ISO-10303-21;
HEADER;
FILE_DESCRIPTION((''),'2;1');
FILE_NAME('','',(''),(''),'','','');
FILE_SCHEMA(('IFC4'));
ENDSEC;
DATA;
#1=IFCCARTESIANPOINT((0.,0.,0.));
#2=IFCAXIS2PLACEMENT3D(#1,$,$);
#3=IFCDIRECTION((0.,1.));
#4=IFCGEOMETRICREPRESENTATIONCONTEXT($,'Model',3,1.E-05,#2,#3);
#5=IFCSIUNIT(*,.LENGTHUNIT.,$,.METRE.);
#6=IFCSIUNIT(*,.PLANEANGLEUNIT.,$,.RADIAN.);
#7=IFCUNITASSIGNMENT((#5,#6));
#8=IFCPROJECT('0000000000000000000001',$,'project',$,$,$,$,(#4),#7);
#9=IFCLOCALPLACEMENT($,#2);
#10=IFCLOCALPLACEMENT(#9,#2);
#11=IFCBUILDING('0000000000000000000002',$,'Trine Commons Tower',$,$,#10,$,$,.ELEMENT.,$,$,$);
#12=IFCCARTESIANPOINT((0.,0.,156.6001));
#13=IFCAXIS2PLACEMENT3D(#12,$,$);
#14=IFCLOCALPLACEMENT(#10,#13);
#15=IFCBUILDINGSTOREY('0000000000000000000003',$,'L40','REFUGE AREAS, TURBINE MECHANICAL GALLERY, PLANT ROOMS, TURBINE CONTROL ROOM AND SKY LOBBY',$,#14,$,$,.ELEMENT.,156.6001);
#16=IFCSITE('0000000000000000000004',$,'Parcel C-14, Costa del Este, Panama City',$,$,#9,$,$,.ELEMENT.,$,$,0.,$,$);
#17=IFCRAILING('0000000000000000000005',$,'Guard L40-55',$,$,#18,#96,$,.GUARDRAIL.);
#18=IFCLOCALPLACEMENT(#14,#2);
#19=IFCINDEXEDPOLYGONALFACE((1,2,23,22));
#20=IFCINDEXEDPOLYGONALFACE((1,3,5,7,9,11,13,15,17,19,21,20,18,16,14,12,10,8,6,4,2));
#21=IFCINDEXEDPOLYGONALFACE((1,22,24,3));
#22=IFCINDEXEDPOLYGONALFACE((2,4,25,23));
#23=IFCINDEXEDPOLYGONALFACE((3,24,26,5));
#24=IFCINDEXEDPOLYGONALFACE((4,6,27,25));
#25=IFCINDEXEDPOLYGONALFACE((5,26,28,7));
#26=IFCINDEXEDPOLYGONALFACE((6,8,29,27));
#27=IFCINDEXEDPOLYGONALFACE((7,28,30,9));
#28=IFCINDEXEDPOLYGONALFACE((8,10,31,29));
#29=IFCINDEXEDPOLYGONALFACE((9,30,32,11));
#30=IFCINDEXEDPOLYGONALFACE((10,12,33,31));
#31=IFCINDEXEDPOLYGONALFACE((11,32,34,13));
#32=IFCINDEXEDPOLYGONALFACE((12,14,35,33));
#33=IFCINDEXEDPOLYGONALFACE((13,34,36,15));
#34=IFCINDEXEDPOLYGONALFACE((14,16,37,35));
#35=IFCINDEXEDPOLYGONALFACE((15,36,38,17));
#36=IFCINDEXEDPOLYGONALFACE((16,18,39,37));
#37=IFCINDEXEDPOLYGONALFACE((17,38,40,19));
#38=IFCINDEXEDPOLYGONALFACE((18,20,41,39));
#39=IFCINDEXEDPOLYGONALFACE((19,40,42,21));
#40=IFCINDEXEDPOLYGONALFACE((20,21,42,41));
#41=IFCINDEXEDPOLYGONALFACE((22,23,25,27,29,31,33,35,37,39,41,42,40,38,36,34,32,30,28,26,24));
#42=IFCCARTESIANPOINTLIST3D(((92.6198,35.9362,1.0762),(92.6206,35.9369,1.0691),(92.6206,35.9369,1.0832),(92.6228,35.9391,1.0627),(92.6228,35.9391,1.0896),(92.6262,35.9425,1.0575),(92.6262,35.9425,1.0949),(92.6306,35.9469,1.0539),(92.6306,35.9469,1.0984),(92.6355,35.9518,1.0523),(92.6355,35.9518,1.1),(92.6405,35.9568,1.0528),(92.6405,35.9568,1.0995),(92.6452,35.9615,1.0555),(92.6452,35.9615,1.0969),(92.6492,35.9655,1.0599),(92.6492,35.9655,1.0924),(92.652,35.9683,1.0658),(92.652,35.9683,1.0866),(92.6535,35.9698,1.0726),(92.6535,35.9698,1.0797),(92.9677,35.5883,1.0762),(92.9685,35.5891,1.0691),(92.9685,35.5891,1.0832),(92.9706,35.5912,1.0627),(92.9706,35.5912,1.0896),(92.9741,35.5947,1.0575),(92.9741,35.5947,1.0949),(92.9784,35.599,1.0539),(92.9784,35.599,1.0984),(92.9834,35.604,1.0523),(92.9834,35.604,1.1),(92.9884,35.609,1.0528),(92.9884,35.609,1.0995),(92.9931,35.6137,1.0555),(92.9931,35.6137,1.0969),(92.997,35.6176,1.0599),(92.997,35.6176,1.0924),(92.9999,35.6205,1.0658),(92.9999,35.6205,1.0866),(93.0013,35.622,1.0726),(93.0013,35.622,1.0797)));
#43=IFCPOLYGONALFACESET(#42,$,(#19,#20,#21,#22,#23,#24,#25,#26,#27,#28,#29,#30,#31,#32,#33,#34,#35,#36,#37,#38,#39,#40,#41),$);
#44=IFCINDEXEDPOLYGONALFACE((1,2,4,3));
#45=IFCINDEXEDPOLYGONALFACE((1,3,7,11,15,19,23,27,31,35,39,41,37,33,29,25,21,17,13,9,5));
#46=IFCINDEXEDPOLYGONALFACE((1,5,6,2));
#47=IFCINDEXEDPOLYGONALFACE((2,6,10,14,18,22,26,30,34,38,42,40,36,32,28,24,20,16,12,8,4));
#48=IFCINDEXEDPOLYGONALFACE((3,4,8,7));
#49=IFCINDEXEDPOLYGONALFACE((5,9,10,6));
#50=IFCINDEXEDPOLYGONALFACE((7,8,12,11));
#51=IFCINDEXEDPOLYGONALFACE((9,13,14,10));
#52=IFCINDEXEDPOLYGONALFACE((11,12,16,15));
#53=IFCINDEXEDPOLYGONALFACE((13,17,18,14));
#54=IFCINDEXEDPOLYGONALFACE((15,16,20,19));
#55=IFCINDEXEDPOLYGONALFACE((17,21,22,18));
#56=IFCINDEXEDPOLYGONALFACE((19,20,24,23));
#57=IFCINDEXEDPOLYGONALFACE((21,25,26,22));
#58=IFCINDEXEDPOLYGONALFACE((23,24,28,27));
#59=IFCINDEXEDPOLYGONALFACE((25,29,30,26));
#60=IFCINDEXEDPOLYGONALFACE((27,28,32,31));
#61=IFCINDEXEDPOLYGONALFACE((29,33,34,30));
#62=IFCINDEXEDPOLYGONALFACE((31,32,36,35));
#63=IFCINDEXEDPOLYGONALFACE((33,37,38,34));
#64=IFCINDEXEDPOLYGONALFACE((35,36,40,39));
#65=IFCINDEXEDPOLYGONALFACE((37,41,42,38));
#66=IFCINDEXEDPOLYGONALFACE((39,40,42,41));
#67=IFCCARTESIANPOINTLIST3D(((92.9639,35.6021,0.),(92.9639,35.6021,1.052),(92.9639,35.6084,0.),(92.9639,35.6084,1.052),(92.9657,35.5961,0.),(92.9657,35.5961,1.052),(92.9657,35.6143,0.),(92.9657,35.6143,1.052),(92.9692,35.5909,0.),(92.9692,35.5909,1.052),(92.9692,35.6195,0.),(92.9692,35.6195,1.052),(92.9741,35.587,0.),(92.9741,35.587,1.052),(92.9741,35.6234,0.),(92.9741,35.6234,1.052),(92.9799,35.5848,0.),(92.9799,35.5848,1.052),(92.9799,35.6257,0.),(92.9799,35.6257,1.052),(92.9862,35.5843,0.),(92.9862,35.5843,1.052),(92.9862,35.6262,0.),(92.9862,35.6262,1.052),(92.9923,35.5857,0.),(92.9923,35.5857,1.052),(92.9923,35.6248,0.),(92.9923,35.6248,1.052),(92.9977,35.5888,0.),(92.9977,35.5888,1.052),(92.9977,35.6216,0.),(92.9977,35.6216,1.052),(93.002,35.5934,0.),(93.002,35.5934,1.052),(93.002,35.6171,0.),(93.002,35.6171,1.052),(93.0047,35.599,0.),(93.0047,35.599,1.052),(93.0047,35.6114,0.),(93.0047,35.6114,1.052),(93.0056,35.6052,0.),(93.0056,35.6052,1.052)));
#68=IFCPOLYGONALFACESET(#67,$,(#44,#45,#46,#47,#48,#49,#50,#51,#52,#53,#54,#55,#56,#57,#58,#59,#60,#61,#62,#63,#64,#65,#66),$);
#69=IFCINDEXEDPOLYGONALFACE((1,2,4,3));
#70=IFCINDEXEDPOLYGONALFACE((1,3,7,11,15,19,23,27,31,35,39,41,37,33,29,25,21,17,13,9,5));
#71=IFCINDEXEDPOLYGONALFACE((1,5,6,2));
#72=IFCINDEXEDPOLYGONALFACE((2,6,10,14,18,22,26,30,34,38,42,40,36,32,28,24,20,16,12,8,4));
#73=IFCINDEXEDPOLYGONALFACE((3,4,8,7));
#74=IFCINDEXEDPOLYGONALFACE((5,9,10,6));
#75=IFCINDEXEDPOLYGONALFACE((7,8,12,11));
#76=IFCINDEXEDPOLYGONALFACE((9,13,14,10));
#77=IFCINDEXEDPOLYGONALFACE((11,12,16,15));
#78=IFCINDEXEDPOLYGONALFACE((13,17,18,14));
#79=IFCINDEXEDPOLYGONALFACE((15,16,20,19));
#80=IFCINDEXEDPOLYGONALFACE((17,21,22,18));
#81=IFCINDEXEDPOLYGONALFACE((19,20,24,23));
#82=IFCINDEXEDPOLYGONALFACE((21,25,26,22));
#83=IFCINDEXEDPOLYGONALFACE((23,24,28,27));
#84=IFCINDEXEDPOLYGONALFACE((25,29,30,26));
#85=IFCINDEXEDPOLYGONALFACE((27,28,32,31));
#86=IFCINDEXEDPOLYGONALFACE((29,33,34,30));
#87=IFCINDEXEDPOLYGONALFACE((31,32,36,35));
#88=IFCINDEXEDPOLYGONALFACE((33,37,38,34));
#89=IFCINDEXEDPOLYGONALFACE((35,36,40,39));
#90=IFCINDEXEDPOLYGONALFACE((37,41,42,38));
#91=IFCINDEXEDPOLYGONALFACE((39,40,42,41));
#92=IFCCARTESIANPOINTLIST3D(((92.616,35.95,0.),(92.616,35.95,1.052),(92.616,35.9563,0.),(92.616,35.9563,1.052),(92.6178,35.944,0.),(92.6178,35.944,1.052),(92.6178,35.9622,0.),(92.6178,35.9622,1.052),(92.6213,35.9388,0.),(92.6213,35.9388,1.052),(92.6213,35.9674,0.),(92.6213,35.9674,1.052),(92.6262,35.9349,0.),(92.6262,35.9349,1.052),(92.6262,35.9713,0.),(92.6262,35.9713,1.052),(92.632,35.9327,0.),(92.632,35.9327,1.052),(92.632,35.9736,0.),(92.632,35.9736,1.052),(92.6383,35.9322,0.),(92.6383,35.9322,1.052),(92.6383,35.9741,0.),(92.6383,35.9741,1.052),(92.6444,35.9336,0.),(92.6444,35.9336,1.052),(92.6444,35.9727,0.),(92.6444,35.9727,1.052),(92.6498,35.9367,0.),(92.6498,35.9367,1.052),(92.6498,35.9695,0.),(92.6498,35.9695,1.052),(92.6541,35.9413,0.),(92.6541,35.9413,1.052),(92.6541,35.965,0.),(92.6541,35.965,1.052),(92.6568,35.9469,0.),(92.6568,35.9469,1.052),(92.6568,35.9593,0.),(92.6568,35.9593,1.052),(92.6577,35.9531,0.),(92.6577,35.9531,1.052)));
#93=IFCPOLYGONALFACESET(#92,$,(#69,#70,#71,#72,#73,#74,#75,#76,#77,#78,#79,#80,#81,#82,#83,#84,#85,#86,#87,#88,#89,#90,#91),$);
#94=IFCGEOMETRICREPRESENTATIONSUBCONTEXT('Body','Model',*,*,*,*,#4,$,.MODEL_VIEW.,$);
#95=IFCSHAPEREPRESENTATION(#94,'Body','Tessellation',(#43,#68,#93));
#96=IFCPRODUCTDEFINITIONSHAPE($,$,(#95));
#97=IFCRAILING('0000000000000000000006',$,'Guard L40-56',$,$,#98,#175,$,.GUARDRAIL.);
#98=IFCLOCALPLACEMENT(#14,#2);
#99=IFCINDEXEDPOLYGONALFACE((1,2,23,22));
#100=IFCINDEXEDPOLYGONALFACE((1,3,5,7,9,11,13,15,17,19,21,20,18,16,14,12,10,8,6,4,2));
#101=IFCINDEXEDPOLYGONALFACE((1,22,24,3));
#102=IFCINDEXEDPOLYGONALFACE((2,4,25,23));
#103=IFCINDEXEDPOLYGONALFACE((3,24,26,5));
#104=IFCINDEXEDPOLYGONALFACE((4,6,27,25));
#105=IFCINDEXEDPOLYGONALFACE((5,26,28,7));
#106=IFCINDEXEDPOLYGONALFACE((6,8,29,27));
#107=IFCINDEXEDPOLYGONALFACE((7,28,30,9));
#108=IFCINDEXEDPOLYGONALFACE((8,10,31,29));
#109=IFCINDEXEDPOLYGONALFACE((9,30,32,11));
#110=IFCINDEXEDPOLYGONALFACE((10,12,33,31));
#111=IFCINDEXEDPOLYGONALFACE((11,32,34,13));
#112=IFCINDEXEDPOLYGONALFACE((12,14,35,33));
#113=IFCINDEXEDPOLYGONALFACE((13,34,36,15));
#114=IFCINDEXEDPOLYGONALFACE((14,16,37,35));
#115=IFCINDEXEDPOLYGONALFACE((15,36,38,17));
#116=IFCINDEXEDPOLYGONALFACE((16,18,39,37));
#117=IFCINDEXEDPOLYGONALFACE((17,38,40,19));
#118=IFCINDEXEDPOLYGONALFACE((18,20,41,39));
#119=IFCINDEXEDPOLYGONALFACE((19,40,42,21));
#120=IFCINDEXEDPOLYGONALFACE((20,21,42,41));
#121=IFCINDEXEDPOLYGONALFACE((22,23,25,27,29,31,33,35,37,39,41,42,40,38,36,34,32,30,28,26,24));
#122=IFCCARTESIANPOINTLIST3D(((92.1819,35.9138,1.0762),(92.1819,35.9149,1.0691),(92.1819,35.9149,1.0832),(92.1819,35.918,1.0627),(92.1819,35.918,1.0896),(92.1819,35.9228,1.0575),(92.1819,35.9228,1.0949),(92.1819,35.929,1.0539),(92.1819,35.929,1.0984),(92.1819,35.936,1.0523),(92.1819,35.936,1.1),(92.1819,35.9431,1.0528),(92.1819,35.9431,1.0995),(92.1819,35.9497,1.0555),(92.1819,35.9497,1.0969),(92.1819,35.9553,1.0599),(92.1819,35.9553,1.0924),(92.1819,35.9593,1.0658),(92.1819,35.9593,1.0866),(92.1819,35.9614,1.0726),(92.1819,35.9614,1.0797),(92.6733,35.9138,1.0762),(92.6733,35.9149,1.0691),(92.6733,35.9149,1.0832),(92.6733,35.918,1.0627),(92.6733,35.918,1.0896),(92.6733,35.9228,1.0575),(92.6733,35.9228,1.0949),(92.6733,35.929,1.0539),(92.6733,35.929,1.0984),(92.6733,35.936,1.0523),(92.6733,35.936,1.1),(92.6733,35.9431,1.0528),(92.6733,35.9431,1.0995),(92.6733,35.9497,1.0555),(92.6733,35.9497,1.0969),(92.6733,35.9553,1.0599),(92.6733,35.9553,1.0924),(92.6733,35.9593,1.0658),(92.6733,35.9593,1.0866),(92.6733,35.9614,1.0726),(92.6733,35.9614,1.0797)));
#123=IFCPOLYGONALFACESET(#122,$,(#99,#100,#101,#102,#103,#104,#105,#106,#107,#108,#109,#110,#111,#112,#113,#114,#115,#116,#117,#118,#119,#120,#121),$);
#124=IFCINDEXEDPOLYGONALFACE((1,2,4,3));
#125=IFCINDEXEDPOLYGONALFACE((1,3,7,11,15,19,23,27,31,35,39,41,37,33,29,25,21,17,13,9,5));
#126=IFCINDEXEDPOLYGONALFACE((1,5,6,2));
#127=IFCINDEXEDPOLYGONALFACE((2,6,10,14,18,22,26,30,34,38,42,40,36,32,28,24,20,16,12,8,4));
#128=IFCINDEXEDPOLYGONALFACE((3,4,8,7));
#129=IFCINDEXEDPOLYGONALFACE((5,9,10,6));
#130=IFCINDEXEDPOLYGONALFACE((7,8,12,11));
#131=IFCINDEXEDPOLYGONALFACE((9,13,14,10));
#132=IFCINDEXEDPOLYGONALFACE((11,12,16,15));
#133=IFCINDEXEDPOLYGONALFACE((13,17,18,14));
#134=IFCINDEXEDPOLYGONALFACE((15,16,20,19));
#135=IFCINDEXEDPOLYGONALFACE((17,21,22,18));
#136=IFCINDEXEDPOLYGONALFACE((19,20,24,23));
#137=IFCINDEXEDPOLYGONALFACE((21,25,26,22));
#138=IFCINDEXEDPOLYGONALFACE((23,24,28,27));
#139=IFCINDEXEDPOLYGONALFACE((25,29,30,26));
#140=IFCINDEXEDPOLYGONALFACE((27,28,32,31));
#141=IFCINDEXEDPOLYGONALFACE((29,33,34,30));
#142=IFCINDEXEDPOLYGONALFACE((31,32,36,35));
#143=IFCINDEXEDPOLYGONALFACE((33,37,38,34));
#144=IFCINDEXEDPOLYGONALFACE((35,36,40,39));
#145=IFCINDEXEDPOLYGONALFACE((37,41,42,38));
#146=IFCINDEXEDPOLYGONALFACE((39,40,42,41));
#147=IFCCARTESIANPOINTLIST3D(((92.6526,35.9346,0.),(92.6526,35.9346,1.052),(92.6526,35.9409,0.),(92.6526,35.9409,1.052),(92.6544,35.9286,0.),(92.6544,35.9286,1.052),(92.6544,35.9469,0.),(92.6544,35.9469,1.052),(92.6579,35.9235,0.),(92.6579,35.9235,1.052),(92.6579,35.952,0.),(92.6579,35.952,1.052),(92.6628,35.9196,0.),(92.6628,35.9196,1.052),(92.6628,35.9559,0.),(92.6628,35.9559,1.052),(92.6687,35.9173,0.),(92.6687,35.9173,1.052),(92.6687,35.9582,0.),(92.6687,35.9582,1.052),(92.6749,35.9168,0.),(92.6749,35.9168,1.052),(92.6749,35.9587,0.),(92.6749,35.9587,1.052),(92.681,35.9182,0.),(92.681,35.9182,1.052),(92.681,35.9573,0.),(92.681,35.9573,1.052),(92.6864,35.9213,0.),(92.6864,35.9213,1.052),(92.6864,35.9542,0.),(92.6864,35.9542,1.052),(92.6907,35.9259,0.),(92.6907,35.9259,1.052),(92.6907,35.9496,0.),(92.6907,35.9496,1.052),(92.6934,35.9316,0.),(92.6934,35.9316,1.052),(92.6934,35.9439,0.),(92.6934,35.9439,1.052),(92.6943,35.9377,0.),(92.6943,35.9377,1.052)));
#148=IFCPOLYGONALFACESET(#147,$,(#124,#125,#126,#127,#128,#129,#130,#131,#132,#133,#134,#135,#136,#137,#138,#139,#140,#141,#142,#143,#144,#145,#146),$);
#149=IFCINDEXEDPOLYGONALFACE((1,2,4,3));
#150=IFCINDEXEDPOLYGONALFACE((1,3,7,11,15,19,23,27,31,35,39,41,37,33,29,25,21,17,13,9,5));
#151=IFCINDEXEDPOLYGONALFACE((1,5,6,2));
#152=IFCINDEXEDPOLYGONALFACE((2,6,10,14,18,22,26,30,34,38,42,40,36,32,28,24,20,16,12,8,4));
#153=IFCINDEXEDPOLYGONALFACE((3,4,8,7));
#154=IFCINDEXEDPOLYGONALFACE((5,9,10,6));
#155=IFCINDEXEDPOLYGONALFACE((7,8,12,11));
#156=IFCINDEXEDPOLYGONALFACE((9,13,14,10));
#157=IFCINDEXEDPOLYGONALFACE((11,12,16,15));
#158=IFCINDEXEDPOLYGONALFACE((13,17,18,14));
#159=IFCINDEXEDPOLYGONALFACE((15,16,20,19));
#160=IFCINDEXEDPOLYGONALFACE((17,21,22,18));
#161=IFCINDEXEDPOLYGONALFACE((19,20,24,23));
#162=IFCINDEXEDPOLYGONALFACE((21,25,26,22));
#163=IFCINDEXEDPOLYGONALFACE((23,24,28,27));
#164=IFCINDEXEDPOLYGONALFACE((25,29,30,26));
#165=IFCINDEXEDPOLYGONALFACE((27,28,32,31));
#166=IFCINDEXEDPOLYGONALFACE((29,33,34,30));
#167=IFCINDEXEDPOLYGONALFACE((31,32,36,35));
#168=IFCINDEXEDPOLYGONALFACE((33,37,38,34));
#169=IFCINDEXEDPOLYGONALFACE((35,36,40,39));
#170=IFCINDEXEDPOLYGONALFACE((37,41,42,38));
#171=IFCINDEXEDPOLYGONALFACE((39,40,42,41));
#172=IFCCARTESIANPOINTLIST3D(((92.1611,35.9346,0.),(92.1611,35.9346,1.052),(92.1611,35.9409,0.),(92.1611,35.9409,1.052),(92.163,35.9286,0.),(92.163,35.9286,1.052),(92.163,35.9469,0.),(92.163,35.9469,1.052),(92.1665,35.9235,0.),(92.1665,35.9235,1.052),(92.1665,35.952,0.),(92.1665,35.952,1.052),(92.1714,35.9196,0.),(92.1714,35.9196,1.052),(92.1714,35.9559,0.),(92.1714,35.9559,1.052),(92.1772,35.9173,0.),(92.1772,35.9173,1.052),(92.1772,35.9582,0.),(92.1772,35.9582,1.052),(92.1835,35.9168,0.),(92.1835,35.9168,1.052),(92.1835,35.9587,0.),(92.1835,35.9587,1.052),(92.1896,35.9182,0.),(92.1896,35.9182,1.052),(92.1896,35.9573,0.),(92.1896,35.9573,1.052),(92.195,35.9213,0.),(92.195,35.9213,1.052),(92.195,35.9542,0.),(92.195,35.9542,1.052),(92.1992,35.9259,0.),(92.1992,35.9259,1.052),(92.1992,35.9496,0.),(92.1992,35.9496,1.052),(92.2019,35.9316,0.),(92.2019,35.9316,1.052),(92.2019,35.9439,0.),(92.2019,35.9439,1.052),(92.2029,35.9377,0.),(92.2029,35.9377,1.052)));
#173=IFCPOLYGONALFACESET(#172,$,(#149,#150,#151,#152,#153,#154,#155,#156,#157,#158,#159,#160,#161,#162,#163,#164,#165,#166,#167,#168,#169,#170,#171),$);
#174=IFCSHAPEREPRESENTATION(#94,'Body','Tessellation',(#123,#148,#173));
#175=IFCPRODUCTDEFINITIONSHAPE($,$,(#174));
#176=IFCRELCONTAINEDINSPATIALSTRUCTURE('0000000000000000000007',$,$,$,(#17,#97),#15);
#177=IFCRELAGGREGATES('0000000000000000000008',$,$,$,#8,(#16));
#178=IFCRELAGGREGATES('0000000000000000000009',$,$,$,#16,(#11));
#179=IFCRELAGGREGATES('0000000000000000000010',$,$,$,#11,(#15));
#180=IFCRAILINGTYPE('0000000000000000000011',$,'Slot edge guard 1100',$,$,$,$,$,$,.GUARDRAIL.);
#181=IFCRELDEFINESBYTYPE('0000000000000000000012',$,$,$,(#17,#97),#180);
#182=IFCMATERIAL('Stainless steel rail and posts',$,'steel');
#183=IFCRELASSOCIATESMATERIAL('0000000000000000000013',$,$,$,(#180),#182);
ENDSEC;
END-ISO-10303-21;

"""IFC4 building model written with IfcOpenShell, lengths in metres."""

from ifc_helpers import new_model, si_unit, direction, frame, origin, origin_2d, place, context, subcontext, project, spatial, circle, extrude, material, type_object, element, save


model = new_model("IFC4")

# Units and contexts
model_context = context("Model", 3, precision=1e-05, world=origin(), true_north=direction((0.0, 1.0)))
body_context = subcontext(model_context, "Body", "Model", "MODEL_VIEW")
ifc_project = project(units=[si_unit("LENGTHUNIT", "METRE"), si_unit("PLANEANGLEUNIT", "RADIAN")], contexts=[model_context])

# Site, building, storey
site_placement = place(None, origin())
site = spatial("IfcSite", under=ifc_project, at=site_placement, Name="Parcel C-14, Costa del Este, Panama City", CompositionType="ELEMENT", RefElevation=0.0)
building_placement = place(site_placement, origin())
building = spatial("IfcBuilding", under=site, at=building_placement, Name="Trine Commons Tower", CompositionType="ELEMENT")
storey_placement = place(building_placement, frame((0.0, 0.0, 156.6001)))
storey = spatial("IfcBuildingStorey", under=building, at=storey_placement, Name="L40", Description="REFUGE AREAS, TURBINE MECHANICAL GALLERY, PLANT ROOMS, TURBINE CONTROL ROOM AND SKY LOBBY", CompositionType="ELEMENT", Elevation=156.6001)

# Railings
ifc_material_1 = material(Name="Stainless steel rail and posts", Category="steel")
railing_type = type_object("IfcRailingType", Name="Slot edge guard 1100", PredefinedType="GUARDRAIL", material=ifc_material_1)
railing_1_placement = place(storey_placement, frame((92.9846, 35.6052, 0.0)))
element("IfcRailing", 1, at=railing_1_placement, inside=storey, type_object=railing_type, Name="Guard L40-55", PredefinedType="GUARDRAIL", context=body_context, shape_type="SweptSolid", body=[
    extrude(circle(Radius=0.0239, at=origin_2d()), frame((0.0, 0.0, 1.0762), z_axis=(-0.707107, 0.707107, 0.0), x_axis=(-0.707107, -0.707107, 0.0)), (0.0, 0.0, 1.0), 0.4919),
    extrude(circle(Radius=0.021, at=origin_2d()), origin(), (0.0, 0.0, 1.0), 1.052),
    extrude(circle(Radius=0.021, at=origin_2d()), frame((-0.3479, 0.3479, 0.0)), (0.0, 0.0, 1.0), 1.052),
])
railing_2_placement = place(storey_placement, frame((92.6733, 35.9377, 0.0)))
element("IfcRailing", 2, at=railing_2_placement, inside=storey, type_object=railing_type, Name="Guard L40-56", PredefinedType="GUARDRAIL", context=body_context, shape_type="SweptSolid", body=[
    extrude(circle(Radius=0.0239, at=origin_2d()), frame((0.0, 0.0, 1.0762), z_axis=(-1.0, 0.0, 0.0), x_axis=(0.0, -1.0, 0.0)), (0.0, 0.0, 1.0), 0.4915),
    extrude(circle(Radius=0.021, at=origin_2d()), origin(), (0.0, 0.0, 1.0), 1.052),
    extrude(circle(Radius=0.021, at=origin_2d()), frame((-0.4915, 0.0, 0.0)), (0.0, 0.0, 1.0), 1.052),
])

save(model, "model.ifc")
